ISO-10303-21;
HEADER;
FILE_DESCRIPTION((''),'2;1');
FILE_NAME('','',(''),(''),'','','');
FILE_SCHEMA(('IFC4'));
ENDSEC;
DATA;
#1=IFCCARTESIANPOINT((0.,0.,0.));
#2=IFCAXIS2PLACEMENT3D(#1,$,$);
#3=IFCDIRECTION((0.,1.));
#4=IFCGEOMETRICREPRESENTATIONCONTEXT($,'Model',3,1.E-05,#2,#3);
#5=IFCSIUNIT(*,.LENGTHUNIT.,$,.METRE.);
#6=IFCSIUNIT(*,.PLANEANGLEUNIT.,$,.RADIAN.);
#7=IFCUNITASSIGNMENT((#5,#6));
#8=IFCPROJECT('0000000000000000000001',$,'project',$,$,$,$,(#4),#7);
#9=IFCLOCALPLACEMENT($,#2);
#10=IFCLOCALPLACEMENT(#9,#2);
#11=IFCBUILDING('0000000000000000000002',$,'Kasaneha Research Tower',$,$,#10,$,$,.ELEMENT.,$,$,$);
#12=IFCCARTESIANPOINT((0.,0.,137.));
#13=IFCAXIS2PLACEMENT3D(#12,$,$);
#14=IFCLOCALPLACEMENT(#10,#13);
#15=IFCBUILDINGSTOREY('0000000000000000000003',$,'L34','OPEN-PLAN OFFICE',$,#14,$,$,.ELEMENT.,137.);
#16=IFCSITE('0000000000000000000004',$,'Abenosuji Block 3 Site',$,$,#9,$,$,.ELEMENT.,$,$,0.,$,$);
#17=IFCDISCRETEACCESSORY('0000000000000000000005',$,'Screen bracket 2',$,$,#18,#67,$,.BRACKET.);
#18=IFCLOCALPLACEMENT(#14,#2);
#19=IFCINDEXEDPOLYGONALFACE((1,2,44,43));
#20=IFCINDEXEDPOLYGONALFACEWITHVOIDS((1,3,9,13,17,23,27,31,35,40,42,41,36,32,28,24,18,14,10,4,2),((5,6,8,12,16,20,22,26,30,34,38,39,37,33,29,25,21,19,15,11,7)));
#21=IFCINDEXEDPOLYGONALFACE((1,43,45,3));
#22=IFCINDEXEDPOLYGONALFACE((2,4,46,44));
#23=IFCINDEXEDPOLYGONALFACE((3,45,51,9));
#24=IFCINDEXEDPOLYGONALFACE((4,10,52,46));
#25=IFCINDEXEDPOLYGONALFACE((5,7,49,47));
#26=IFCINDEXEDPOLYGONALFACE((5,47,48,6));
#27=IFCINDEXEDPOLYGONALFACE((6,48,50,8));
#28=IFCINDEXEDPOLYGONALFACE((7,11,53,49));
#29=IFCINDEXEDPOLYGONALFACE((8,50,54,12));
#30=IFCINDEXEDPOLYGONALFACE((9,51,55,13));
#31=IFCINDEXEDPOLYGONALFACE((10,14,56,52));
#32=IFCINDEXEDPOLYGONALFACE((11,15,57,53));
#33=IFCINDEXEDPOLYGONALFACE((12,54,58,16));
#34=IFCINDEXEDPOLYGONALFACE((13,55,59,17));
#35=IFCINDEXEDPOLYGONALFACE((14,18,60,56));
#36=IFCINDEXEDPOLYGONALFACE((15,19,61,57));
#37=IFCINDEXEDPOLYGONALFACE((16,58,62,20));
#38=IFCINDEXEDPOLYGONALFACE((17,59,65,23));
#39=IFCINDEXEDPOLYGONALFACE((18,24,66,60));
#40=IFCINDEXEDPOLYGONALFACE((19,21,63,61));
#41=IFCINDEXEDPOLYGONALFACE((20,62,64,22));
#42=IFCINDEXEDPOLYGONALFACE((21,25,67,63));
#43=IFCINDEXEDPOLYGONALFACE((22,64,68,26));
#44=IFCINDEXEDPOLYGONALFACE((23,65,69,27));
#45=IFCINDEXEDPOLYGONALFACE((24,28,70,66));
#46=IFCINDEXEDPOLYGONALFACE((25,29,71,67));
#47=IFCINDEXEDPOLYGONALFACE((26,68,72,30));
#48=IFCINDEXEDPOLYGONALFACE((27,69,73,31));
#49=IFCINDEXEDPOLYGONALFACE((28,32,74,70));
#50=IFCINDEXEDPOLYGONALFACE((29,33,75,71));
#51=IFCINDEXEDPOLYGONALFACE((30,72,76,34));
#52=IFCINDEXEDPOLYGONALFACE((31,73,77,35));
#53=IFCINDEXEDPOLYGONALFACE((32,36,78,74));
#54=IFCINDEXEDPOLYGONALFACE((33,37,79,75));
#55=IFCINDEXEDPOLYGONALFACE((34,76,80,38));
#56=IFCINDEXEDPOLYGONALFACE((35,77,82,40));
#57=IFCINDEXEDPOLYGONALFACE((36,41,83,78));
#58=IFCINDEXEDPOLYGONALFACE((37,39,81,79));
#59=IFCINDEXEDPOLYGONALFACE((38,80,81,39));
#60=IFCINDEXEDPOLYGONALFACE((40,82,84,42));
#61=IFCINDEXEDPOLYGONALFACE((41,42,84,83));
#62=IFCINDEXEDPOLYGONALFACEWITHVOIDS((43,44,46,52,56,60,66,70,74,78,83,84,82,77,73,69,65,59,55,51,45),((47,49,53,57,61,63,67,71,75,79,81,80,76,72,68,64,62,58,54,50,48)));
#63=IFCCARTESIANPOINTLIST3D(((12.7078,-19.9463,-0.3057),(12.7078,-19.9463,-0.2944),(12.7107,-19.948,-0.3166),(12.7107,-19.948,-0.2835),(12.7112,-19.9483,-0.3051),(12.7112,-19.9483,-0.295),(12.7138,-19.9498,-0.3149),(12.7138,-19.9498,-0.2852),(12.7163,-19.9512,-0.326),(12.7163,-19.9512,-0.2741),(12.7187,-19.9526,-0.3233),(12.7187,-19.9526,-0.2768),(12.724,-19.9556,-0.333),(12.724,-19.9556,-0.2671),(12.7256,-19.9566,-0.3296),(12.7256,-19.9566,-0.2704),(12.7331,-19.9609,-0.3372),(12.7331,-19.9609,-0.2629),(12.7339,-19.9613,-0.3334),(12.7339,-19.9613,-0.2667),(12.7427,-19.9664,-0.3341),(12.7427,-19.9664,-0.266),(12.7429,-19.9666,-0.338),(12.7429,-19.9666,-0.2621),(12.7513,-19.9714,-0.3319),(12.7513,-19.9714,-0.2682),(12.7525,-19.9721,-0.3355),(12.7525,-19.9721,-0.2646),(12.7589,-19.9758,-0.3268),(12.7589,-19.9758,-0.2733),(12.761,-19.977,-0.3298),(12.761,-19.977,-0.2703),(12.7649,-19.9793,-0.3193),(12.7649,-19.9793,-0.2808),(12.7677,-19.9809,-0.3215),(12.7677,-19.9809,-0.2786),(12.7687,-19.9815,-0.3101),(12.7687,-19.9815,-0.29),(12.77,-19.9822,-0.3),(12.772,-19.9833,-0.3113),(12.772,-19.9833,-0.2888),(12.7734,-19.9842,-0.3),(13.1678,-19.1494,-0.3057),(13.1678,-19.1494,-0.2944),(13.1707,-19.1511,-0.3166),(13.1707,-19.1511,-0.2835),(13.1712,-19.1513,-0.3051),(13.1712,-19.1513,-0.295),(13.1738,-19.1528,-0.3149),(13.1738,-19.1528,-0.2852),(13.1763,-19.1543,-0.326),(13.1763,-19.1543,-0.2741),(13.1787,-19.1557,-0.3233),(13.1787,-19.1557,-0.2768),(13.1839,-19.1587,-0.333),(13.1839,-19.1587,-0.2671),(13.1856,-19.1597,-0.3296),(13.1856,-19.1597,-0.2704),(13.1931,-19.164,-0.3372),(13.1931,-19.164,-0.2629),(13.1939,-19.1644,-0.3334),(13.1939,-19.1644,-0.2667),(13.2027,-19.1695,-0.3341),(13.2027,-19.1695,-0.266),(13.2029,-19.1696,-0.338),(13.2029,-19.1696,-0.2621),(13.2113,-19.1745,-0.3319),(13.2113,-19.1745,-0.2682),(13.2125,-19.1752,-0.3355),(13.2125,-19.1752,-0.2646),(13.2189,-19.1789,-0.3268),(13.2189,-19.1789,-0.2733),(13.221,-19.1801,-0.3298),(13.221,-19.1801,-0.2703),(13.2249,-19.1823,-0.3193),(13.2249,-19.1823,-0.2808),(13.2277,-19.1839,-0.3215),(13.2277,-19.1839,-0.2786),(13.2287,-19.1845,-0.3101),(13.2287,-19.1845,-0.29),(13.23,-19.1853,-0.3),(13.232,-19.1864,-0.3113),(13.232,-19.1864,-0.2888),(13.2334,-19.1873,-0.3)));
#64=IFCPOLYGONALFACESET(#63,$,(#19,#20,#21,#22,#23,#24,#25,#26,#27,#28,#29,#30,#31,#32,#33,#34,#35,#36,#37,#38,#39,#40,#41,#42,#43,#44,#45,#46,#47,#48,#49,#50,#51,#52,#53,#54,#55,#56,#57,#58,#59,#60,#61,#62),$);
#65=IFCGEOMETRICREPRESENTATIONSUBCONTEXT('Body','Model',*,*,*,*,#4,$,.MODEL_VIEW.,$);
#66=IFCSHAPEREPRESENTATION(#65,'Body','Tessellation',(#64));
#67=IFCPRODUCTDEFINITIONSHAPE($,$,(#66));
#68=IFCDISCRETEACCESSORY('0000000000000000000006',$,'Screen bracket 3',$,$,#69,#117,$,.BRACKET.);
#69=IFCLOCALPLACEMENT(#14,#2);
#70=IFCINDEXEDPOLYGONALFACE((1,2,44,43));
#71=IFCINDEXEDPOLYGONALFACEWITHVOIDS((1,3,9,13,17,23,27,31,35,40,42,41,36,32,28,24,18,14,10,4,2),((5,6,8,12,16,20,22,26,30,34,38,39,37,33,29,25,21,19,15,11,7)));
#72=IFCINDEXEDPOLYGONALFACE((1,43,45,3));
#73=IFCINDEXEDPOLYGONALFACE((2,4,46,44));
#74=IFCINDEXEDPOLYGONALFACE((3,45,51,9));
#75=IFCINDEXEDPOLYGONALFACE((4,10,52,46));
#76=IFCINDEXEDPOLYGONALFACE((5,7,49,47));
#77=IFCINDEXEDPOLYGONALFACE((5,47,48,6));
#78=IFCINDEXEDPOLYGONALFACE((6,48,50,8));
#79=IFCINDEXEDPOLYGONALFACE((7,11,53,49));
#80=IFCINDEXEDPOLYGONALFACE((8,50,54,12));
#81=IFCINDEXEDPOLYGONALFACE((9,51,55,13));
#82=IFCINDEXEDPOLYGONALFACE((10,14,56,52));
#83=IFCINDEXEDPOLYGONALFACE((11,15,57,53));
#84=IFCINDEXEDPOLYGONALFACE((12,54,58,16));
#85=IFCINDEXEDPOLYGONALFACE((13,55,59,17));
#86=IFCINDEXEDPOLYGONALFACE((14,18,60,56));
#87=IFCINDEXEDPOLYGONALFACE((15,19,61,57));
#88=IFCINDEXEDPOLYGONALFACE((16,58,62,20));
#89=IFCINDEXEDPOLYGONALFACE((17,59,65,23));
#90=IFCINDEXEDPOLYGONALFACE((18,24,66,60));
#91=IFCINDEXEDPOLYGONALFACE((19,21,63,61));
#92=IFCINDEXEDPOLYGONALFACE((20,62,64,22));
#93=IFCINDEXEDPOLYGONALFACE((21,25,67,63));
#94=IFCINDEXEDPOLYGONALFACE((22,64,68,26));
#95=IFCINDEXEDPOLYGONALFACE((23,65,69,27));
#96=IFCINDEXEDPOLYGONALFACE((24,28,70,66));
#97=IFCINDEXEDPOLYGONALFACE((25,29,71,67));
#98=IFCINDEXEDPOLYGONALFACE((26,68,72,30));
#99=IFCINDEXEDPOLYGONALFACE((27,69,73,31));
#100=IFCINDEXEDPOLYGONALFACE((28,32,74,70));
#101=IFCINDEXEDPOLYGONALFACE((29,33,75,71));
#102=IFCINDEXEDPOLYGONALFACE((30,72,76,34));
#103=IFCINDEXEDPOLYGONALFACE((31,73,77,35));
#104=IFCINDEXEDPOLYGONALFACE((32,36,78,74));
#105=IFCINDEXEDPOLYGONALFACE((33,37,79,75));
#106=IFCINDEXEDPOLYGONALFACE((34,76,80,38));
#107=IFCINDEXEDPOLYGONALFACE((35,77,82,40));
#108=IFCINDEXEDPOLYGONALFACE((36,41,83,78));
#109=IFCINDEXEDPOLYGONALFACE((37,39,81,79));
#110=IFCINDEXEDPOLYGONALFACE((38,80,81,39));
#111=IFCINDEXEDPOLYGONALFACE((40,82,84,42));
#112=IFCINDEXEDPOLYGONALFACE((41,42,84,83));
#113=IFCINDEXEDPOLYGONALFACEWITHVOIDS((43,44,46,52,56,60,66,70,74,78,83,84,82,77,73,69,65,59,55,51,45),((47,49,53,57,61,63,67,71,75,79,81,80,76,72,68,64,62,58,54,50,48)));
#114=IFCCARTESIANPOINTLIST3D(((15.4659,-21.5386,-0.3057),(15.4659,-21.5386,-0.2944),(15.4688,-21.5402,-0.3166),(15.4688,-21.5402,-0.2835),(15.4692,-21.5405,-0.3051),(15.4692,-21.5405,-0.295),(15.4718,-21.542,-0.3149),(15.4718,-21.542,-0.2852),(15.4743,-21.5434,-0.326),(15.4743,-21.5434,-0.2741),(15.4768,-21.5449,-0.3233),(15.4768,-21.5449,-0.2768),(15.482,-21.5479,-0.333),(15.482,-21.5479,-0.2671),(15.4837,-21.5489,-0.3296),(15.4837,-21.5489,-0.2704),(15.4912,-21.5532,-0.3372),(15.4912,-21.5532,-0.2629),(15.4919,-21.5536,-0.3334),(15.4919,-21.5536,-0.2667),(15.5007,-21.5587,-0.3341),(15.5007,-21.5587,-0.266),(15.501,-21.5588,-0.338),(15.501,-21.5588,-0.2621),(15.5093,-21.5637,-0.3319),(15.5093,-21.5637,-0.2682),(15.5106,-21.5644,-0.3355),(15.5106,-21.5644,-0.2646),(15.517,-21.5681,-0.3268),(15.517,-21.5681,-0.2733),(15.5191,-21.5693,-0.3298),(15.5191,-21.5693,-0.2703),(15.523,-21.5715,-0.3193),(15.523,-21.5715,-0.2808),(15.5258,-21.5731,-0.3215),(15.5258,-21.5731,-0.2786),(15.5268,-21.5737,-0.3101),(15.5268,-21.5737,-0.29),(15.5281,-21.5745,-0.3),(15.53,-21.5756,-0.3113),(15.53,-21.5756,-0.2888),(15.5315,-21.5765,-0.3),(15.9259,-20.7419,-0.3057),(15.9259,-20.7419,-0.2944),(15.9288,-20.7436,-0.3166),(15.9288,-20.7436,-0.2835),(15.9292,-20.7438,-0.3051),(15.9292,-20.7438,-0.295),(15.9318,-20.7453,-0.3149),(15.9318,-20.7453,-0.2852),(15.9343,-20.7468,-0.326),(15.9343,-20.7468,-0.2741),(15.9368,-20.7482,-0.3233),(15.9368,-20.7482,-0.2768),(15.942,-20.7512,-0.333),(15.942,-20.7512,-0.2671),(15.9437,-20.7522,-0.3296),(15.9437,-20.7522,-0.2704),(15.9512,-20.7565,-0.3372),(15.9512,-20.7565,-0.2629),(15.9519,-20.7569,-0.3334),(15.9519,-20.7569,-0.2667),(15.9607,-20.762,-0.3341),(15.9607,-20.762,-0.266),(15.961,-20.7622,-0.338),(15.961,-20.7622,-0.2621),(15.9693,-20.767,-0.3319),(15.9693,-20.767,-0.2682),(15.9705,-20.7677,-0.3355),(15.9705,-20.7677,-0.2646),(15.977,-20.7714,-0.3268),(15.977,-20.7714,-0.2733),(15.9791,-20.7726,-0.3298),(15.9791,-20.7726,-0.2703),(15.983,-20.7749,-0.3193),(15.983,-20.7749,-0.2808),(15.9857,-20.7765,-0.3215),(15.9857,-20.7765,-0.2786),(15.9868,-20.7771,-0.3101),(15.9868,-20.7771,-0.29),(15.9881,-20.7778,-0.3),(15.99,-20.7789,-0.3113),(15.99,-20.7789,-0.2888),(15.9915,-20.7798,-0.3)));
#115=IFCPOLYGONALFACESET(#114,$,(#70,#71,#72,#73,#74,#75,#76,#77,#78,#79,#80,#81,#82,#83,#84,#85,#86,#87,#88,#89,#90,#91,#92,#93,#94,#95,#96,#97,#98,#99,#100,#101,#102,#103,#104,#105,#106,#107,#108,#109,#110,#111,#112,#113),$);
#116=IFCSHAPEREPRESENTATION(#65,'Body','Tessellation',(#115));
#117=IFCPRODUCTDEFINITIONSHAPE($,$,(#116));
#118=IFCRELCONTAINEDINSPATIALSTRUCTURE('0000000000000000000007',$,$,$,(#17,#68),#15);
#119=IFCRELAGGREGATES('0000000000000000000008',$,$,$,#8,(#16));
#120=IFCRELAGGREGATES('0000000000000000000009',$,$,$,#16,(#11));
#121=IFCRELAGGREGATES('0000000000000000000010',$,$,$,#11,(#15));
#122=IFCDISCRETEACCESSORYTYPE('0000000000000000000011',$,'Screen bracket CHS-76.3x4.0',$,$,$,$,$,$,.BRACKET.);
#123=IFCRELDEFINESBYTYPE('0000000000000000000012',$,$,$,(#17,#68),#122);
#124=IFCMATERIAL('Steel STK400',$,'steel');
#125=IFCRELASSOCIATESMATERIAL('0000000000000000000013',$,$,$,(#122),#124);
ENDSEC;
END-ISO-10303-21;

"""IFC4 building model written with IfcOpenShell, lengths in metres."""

from ifc_helpers import new_model, si_unit, direction, frame, origin, origin_2d, place, context, subcontext, project, spatial, hollow_circle, extrude, material, material_profile, profile_set, type_object, element, save


model = new_model("IFC4")

# Units and contexts
model_context = context("Model", 3, precision=1e-05, world=origin(), true_north=direction((0.0, 1.0)))
body_context = subcontext(model_context, "Body", "Model", "MODEL_VIEW")
ifc_project = project(units=[si_unit("LENGTHUNIT", "METRE"), si_unit("PLANEANGLEUNIT", "RADIAN")], contexts=[model_context])

# Site, building, storey
site_placement = place(None, origin())
site = spatial("IfcSite", under=ifc_project, at=site_placement, Name="Abenosuji Block 3 Site", CompositionType="ELEMENT", RefElevation=0.0)
building_placement = place(site_placement, origin())
building = spatial("IfcBuilding", under=site, at=building_placement, Name="Kasaneha Research Tower", CompositionType="ELEMENT")
storey_placement = place(building_placement, frame((0.0, 0.0, 137.0)))
storey = spatial("IfcBuildingStorey", under=building, at=storey_placement, Name="L34", Description="OPEN-PLAN OFFICE", CompositionType="ELEMENT", Elevation=137.0)

# Discrete accessories
ifc_material_1 = material(Name="Steel STK400", Category="steel")
ifc_material_profile_1 = material_profile(ifc_material_1, hollow_circle(Radius=0.0381, WallThickness=0.0039, at=origin_2d()), Name="CHS-76.3x4.0")
ifc_profile_set_1 = profile_set([ifc_material_profile_1], Name="Steel STK400")
discrete_accessory_type = type_object("IfcDiscreteAccessoryType", Name="Screen bracket CHS-76.3x4.0", PredefinedType="BRACKET", material=ifc_profile_set_1)
discrete_accessory_1_placement = place(storey_placement, frame((13.2004, -19.1682, -0.3), z_axis=(-0.499906, -0.86608, 0.0), x_axis=(0.86608, -0.499906, 0.0)))
element("IfcDiscreteAccessory", 1, at=discrete_accessory_1_placement, inside=storey, type_object=discrete_accessory_type, Name="Screen bracket 2", PredefinedType="BRACKET", context=body_context, shape_type="SweptSolid", body=[
    extrude(hollow_circle(Radius=0.0381, WallThickness=0.0039, at=origin_2d()), origin(), (0.0, 0.0, 1.0), 0.9202),
])
discrete_accessory_2_placement = place(storey_placement, frame((15.9585, -20.7607, -0.3), z_axis=(-0.500021, -0.866013, 0.0), x_axis=(0.866013, -0.500021, 0.0)))
element("IfcDiscreteAccessory", 2, at=discrete_accessory_2_placement, inside=storey, type_object=discrete_accessory_type, Name="Screen bracket 3", PredefinedType="BRACKET", context=body_context, shape_type="SweptSolid", body=[
    extrude(hollow_circle(Radius=0.0381, WallThickness=0.0039, at=origin_2d()), origin(), (0.0, 0.0, 1.0), 0.9199),
])

save(model, "model.ifc")
